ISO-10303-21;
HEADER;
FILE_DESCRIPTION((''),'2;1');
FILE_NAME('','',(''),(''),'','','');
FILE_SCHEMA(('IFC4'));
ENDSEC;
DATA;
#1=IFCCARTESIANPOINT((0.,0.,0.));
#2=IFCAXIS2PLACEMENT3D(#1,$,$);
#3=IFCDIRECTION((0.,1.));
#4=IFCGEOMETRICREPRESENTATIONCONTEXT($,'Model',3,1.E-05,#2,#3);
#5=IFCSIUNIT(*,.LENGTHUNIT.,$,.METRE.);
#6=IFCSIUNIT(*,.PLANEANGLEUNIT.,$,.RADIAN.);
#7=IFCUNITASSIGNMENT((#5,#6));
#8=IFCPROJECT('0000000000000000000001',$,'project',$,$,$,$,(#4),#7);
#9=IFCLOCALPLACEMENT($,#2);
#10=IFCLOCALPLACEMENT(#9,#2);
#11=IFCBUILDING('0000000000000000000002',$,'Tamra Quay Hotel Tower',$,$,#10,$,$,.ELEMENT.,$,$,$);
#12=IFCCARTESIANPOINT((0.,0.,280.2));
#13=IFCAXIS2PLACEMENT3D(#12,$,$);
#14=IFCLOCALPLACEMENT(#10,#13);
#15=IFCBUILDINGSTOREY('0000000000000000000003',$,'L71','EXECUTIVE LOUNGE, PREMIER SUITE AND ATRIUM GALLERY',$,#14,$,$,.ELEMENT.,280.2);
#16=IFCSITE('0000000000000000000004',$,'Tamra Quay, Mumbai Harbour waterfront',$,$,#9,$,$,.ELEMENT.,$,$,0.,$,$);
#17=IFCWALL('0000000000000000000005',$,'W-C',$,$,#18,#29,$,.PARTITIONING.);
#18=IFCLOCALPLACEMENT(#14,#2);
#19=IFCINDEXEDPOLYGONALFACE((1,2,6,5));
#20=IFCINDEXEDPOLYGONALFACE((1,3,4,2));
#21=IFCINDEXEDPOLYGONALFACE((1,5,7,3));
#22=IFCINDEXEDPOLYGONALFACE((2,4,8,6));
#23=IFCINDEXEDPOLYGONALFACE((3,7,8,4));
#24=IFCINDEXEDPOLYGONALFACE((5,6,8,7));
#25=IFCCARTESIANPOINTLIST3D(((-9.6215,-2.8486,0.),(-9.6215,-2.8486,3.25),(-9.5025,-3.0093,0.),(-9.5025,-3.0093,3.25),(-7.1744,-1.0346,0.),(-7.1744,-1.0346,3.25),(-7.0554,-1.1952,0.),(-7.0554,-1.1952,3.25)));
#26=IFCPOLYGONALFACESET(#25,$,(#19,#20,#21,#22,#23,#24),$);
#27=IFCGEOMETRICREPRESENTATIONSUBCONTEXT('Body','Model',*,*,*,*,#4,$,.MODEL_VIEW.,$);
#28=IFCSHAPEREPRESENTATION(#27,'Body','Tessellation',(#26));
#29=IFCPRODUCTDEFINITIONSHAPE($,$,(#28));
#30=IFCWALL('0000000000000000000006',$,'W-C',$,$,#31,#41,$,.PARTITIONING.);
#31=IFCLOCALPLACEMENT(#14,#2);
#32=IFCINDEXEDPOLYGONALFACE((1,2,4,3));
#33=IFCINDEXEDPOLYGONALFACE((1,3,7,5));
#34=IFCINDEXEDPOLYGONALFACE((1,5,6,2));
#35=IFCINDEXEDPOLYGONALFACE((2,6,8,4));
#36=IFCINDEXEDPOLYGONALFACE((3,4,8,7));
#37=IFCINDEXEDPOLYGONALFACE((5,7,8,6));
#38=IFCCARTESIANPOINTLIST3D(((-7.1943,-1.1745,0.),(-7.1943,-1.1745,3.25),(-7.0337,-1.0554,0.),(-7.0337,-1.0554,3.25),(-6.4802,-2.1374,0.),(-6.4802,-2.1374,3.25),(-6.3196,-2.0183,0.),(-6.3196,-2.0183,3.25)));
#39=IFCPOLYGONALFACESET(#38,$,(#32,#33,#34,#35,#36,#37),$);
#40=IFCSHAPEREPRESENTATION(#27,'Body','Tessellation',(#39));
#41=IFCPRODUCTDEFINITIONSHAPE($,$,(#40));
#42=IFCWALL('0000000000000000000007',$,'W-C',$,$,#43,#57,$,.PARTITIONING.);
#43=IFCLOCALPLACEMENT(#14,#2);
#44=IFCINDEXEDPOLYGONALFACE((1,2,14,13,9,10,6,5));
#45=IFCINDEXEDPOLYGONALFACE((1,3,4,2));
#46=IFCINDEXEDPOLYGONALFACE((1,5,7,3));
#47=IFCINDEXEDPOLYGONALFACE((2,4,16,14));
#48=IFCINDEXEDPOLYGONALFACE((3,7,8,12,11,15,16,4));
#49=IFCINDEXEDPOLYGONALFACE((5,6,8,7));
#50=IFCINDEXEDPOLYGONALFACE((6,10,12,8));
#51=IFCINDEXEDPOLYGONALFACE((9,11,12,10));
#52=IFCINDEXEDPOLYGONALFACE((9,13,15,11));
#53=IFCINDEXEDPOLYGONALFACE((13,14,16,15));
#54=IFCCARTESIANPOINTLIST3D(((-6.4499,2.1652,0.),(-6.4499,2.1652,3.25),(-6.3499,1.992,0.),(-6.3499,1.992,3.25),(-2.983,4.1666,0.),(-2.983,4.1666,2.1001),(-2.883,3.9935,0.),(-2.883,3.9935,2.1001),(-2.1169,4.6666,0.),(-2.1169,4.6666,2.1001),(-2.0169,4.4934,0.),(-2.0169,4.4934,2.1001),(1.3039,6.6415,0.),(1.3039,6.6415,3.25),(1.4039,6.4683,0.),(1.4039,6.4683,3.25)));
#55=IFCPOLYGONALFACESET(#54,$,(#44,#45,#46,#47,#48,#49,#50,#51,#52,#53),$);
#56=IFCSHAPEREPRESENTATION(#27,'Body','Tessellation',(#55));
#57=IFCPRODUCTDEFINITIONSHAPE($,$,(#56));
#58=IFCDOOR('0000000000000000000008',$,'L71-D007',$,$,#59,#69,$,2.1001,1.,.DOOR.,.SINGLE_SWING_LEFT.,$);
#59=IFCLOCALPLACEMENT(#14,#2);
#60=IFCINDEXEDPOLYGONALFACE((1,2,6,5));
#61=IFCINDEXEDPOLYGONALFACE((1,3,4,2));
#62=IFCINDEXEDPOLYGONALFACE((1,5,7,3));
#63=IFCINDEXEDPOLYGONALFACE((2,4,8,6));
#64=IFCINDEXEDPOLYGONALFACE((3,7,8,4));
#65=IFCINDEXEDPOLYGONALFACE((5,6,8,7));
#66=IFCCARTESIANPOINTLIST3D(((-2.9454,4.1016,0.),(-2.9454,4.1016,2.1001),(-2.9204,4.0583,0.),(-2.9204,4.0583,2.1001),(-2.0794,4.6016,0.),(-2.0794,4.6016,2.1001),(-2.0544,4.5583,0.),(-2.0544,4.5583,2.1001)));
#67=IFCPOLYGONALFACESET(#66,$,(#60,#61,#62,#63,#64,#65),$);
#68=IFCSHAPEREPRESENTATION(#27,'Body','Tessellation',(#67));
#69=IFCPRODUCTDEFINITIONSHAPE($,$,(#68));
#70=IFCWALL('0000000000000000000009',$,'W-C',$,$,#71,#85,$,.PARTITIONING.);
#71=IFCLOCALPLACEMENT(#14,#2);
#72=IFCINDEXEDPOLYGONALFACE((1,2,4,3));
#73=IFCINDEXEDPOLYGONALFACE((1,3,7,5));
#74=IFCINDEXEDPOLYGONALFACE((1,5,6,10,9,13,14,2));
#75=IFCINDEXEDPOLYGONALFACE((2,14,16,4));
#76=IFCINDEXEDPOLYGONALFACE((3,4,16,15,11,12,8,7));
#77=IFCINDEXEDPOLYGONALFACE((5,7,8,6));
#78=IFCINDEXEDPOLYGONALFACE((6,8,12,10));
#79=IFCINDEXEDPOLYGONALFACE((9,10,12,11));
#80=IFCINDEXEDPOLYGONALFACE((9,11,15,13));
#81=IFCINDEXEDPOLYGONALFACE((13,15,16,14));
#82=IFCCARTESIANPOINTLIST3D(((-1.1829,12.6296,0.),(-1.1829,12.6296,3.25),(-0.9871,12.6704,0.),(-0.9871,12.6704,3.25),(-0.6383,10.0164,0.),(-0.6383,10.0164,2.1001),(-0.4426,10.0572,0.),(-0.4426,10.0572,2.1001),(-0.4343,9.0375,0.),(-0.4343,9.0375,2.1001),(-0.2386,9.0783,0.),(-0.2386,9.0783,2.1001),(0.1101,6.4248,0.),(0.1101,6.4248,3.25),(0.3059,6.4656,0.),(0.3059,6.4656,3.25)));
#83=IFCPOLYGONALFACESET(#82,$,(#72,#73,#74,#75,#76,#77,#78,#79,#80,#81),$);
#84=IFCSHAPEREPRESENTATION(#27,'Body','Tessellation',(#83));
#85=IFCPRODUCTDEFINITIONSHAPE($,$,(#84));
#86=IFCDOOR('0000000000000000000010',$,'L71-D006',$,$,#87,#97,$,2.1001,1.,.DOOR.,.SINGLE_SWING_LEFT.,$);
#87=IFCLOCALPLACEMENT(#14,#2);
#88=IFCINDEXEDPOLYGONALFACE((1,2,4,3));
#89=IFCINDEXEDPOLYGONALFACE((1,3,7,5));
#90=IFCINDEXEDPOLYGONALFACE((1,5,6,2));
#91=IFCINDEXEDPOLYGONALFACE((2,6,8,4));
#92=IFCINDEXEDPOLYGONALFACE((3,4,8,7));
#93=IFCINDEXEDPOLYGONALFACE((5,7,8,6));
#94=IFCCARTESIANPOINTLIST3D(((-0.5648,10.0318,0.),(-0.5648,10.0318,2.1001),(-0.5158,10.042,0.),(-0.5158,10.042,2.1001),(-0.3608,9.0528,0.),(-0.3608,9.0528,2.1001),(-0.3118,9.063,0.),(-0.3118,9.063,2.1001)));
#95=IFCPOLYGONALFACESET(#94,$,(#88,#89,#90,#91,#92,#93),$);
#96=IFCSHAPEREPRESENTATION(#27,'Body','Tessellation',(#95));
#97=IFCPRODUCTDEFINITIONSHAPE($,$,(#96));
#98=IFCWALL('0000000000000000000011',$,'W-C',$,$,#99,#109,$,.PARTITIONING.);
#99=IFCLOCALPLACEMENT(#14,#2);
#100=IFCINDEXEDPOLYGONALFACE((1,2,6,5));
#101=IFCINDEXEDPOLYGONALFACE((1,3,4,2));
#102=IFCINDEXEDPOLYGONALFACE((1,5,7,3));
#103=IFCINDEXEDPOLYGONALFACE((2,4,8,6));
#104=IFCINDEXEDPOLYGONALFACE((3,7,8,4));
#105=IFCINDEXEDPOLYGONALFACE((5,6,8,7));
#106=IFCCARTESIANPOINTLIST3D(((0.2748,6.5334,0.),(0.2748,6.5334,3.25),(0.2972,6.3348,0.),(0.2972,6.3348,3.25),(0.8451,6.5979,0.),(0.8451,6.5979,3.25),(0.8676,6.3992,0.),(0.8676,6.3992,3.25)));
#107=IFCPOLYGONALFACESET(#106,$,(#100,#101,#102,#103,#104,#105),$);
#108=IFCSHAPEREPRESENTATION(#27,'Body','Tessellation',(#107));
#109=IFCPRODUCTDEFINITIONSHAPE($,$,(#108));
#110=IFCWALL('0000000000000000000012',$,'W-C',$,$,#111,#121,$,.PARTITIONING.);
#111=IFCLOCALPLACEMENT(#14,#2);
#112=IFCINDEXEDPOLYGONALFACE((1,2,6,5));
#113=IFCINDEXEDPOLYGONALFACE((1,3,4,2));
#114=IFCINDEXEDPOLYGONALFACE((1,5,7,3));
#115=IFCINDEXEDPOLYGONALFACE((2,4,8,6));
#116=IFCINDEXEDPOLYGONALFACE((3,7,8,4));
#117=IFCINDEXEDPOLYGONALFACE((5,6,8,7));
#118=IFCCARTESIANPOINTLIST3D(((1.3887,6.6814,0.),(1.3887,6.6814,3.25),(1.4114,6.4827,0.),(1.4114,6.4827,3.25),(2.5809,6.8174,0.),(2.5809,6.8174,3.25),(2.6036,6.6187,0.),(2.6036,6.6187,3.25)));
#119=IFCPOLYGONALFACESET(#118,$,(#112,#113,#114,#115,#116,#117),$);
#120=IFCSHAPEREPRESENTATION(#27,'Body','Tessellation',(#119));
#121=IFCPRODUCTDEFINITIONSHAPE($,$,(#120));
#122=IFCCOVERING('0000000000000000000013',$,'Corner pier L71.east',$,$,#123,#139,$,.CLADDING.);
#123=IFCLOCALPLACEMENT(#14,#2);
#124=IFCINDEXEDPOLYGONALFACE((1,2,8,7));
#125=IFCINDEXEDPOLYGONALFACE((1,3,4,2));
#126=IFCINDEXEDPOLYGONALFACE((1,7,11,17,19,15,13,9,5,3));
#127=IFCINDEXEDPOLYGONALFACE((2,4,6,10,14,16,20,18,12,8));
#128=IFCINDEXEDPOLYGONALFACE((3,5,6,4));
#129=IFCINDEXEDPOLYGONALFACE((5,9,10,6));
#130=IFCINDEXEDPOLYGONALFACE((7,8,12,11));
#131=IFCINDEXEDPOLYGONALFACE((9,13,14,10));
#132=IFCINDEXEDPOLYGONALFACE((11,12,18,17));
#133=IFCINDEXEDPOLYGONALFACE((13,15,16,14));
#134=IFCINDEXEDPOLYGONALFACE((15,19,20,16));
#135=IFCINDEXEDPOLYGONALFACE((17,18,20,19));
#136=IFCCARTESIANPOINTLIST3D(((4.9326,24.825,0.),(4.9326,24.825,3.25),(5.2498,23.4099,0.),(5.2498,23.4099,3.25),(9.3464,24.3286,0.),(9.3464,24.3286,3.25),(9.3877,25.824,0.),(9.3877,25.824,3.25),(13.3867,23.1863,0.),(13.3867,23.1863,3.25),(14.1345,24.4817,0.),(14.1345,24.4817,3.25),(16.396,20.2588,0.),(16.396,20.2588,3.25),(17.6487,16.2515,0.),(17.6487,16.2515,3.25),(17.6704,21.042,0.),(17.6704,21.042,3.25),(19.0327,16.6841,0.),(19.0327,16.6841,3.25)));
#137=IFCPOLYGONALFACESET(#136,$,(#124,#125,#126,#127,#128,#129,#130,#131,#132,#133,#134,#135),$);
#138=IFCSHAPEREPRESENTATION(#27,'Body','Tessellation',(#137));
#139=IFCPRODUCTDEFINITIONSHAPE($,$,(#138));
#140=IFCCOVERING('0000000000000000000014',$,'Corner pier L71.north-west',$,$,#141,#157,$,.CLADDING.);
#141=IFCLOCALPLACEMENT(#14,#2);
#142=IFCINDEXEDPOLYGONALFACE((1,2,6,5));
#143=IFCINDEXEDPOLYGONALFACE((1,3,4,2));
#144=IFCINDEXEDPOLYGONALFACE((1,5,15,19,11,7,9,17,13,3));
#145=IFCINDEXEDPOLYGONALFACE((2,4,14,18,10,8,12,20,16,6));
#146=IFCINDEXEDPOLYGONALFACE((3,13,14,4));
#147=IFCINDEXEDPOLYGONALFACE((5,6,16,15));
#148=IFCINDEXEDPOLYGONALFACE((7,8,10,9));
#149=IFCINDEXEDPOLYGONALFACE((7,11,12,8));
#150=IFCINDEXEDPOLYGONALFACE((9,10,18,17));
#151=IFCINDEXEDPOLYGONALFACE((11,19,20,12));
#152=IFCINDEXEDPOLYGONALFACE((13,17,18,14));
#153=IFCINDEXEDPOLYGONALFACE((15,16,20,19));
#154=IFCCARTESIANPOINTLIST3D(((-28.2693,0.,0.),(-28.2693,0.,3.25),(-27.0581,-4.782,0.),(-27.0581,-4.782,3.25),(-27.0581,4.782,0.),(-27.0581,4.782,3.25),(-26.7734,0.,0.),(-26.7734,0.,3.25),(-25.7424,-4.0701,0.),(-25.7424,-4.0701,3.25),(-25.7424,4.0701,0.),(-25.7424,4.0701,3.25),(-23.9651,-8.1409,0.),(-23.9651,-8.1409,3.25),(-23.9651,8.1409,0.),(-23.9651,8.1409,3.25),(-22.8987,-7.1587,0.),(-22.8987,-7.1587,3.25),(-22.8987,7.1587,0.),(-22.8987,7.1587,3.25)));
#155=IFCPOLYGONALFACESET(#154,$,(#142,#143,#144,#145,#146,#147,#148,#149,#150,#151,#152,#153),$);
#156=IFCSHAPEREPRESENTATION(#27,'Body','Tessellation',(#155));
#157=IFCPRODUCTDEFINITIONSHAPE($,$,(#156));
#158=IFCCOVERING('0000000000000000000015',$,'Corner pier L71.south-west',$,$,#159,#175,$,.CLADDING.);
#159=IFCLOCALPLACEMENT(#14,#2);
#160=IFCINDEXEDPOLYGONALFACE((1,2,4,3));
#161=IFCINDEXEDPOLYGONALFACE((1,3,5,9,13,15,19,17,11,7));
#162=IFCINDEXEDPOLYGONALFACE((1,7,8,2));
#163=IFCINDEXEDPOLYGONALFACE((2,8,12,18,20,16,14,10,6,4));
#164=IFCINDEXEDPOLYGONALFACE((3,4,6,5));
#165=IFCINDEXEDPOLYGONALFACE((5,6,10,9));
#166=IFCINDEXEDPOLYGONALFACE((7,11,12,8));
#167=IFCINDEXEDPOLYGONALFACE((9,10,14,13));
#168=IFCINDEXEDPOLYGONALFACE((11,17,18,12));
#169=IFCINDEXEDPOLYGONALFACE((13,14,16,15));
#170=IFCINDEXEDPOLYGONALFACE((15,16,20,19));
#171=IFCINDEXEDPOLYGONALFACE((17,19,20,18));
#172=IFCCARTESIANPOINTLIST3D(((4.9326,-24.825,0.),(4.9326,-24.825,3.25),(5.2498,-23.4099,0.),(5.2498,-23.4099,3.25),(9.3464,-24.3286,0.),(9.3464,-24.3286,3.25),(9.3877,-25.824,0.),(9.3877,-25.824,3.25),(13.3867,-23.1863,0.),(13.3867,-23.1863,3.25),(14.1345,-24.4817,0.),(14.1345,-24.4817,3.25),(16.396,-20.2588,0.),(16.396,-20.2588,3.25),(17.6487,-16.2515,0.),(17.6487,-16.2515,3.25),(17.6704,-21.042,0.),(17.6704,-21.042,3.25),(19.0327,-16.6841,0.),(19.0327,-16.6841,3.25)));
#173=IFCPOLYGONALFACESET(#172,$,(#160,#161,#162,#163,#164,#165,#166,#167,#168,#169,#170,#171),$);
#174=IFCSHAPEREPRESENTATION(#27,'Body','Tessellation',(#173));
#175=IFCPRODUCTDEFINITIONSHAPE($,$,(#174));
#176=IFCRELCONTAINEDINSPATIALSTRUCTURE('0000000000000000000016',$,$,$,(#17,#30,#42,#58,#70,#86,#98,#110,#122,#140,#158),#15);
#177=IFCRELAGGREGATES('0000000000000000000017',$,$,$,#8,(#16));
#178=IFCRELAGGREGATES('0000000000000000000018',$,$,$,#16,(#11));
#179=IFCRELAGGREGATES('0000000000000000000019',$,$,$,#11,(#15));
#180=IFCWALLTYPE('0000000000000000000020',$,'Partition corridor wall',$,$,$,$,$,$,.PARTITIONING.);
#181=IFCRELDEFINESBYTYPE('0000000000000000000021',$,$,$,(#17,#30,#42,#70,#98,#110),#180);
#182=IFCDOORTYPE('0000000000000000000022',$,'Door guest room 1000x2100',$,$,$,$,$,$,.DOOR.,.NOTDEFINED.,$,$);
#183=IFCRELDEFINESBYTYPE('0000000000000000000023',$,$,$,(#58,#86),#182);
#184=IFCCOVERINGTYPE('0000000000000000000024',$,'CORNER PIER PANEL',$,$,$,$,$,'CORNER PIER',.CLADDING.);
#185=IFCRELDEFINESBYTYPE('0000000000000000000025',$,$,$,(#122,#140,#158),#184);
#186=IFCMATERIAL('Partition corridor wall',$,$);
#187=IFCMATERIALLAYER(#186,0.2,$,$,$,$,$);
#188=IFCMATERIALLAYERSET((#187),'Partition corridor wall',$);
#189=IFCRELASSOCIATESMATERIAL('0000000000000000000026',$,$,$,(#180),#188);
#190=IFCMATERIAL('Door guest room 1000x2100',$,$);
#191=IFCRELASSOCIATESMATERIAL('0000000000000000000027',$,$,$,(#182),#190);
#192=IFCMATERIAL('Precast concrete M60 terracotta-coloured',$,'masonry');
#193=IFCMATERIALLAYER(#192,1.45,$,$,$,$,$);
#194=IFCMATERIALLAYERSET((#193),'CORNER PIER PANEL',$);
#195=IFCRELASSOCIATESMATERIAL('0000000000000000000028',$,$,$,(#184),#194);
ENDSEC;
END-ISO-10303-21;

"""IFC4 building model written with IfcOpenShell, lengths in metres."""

from ifc_helpers import new_model, si_unit, direction, frame, frame_2d, origin, place, context, subcontext, project, spatial, polyline, rectangle, outline, extrude, material, layer, layer_set, type_object, element, fill, save


model = new_model("IFC4")

# Units and contexts
model_context = context("Model", 3, precision=1e-05, world=origin(), true_north=direction((0.0, 1.0)))
body_context = subcontext(model_context, "Body", "Model", "MODEL_VIEW")
ifc_project = project(units=[si_unit("LENGTHUNIT", "METRE"), si_unit("PLANEANGLEUNIT", "RADIAN")], contexts=[model_context])

# Site, building, storey
site_placement = place(None, origin())
site = spatial("IfcSite", under=ifc_project, at=site_placement, Name="Tamra Quay, Mumbai Harbour waterfront", CompositionType="ELEMENT", RefElevation=0.0)
building_placement = place(site_placement, origin())
building = spatial("IfcBuilding", under=site, at=building_placement, Name="Tamra Quay Hotel Tower", CompositionType="ELEMENT")
storey_placement = place(building_placement, frame((0.0, 0.0, 280.2)))
storey = spatial("IfcBuildingStorey", under=building, at=storey_placement, Name="L71", Description="EXECUTIVE LOUNGE, PREMIER SUITE AND ATRIUM GALLERY", CompositionType="ELEMENT", Elevation=280.2)

# Walls
ifc_material_1 = material(Name="Partition corridor wall")
ifc_layer_1 = layer(ifc_material_1, 0.2)
ifc_layer_set_1 = layer_set([ifc_layer_1], Name="Partition corridor wall")
wall_type_1 = type_object("IfcWallType", Name="Partition corridor wall", PredefinedType="PARTITIONING", material=ifc_layer_set_1)
wall_1_placement = place(storey_placement, frame((-7.115, -1.115, 0.0), z_axis=(0.0, 0.0, 1.0), x_axis=(-0.803344, -0.595515, 0.0)))
element("IfcWall", 1, at=wall_1_placement, inside=storey, type_object=wall_type_1, Name="W-C", PredefinedType="PARTITIONING", context=body_context, shape_type="SweptSolid", body=[
    extrude(rectangle(XDim=3.0461, YDim=0.2, at=frame_2d((1.5229, 0.0))), origin(), (0.0, 0.0, 1.0), 3.25),
])
wall_2_placement = place(storey_placement, frame((-7.114, -1.115, 0.0), z_axis=(0.0, 0.0, 1.0), x_axis=(0.59569, -0.803214, 0.0)))
element("IfcWall", 2, at=wall_2_placement, inside=storey, type_object=wall_type_1, Name="W-C", PredefinedType="PARTITIONING", context=body_context, shape_type="SweptSolid", body=[
    extrude(rectangle(XDim=1.1987, YDim=0.2, at=frame_2d((0.5994, 0.0))), origin(), (0.0, 0.0, 1.0), 3.25),
])

# Walls, openings, doors
wall_3_placement = place(storey_placement, frame((-6.3999, 2.0786, 0.0), z_axis=(0.0, 0.0, 1.0), x_axis=(0.866045, 0.499966, 0.0)))
wall_3 = element("IfcWall", 3, at=wall_3_placement, inside=storey, type_object=wall_type_1, Name="W-C", PredefinedType="PARTITIONING", context=body_context, shape_type="SweptSolid", body=[
    extrude(rectangle(XDim=8.9531, YDim=0.2, at=frame_2d((4.4766, 0.0))), origin(), (0.0, 0.0, 1.0), 3.25),
])
opening_1_placement = place(wall_3_placement, frame((4.0032, 0.0, 0.0)))
opening_1 = element("IfcOpeningElement", 4, at=opening_1_placement, cuts=wall_3, PredefinedType="OPENING", context=body_context, shape_type="SweptSolid", body=[
    extrude(rectangle(XDim=1.0, YDim=2.1001, at=frame_2d((0.5, 1.05))), frame((0.0, 0.1099, 0.0), z_axis=(0.0, -1.0, 0.0), x_axis=(1.0, 0.0, 0.0)), (0.0, 0.0, 1.0), 0.22),
])
ifc_material_2 = material(Name="Door guest room 1000x2100")
door_type_1 = type_object("IfcDoorType", Name="Door guest room 1000x2100", OperationType="NOTDEFINED", PredefinedType="DOOR", material=ifc_material_2)
door_1_placement = place(opening_1_placement, origin())
door_1 = element("IfcDoor", 5, at=door_1_placement, inside=storey, type_object=door_type_1, Name="L71-D007", OperationType="SINGLE_SWING_LEFT", OverallHeight=2.1001, OverallWidth=1.0, PredefinedType="DOOR", context=body_context, shape_type="SweptSolid", body=[
    extrude(rectangle(XDim=1.0, YDim=2.1001, at=frame_2d((0.5, 1.05))), frame((0.0, 0.0249, 0.0), z_axis=(0.0, -1.0, 0.0), x_axis=(1.0, 0.0, 0.0)), (0.0, 0.0, 1.0), 0.05),
])
fill(opening_1, door_1)
wall_4_placement = place(storey_placement, frame((-1.085, 12.6499, 0.0), z_axis=(0.0, 0.0, 1.0), x_axis=(0.203999, -0.978971, 0.0)))
wall_4 = element("IfcWall", 6, at=wall_4_placement, inside=storey, type_object=wall_type_1, Name="W-C", PredefinedType="PARTITIONING", context=body_context, shape_type="SweptSolid", body=[
    extrude(rectangle(XDim=6.3381, YDim=0.2, at=frame_2d((3.1689, 0.0))), origin(), (0.0, 0.0, 1.0), 3.25),
])
opening_2_placement = place(wall_4_placement, frame((2.6692, 0.0, 0.0)))
opening_2 = element("IfcOpeningElement", 7, at=opening_2_placement, cuts=wall_4, PredefinedType="OPENING", context=body_context, shape_type="SweptSolid", body=[
    extrude(rectangle(XDim=1.0, YDim=2.1001, at=frame_2d((0.5, 1.05))), frame((0.0, 0.1099, 0.0), z_axis=(0.0, -1.0, 0.0), x_axis=(1.0, 0.0, 0.0)), (0.0, 0.0, 1.0), 0.22),
])
door_2_placement = place(opening_2_placement, frame((1.0, 0.0, 0.0), z_axis=(0.0, 0.0, 1.0), x_axis=(-1.0, 0.0, 0.0)))
door_2 = element("IfcDoor", 8, at=door_2_placement, inside=storey, type_object=door_type_1, Name="L71-D006", OperationType="SINGLE_SWING_LEFT", OverallHeight=2.1001, OverallWidth=1.0, PredefinedType="DOOR", context=body_context, shape_type="SweptSolid", body=[
    extrude(rectangle(XDim=1.0, YDim=2.1001, at=frame_2d((0.5, 1.05))), frame((0.0, 0.0249, 0.0), z_axis=(0.0, -1.0, 0.0), x_axis=(1.0, 0.0, 0.0)), (0.0, 0.0, 1.0), 0.05),
])
fill(opening_2, door_2)

# Walls
wall_5_placement = place(storey_placement, frame((0.2859, 6.4341, 0.0), z_axis=(0.0, 0.0, 1.0), x_axis=(0.993674, 0.112299, 0.0)))
element("IfcWall", 9, at=wall_5_placement, inside=storey, type_object=wall_type_1, Name="W-C", PredefinedType="PARTITIONING", context=body_context, shape_type="SweptSolid", body=[
    extrude(rectangle(XDim=0.574, YDim=0.2, at=frame_2d((0.2871, 0.0))), origin(), (0.0, 0.0, 1.0), 3.25),
])
wall_6_placement = place(storey_placement, frame((1.3999, 6.582, 0.0), z_axis=(0.0, 0.0, 1.0), x_axis=(0.993557, 0.113334, 0.0)))
element("IfcWall", 10, at=wall_6_placement, inside=storey, type_object=wall_type_1, Name="W-C", PredefinedType="PARTITIONING", context=body_context, shape_type="SweptSolid", body=[
    extrude(rectangle(XDim=1.2, YDim=0.2, at=frame_2d((0.6001, 0.0))), origin(), (0.0, 0.0, 1.0), 3.25),
])

# Coverings
ifc_material_3 = material(Name="Precast concrete M60 terracotta-coloured", Category="masonry")
ifc_layer_2 = layer(ifc_material_3, 1.45)
ifc_layer_set_2 = layer_set([ifc_layer_2], Name="CORNER PIER PANEL")
covering_type = type_object("IfcCoveringType", Name="CORNER PIER PANEL", ElementType="CORNER PIER", PredefinedType="CLADDING", material=ifc_layer_set_2)
covering_1_placement = place(storey_placement, origin())
element("IfcCovering", 11, at=covering_1_placement, inside=storey, type_object=covering_type, Name="Corner pier L71.east", PredefinedType="CLADDING", context=body_context, shape_type="SweptSolid", body=[
    extrude(outline(polyline([(17.6487, 16.2515), (19.0327, 16.6841), (17.6704, 21.042), (14.1345, 24.4817), (9.3877, 25.824), (4.9326, 24.825), (5.2498, 23.4099), (9.3464, 24.3286), (13.3867, 23.1863), (16.396, 20.2588), (17.6487, 16.2515)])), origin(), (0.0, 0.0, 1.0), 3.25),
])
covering_2_placement = place(storey_placement, origin())
element("IfcCovering", 12, at=covering_2_placement, inside=storey, type_object=covering_type, Name="Corner pier L71.north-west", PredefinedType="CLADDING", context=body_context, shape_type="SweptSolid", body=[
    extrude(outline(polyline([(-22.8987, 7.1587), (-23.9651, 8.1409), (-27.0581, 4.782), (-28.2693, 0.0), (-27.0581, -4.782), (-23.9651, -8.1409), (-22.8987, -7.1587), (-25.7424, -4.0701), (-26.7734, 0.0), (-25.7424, 4.0701), (-22.8987, 7.1587)])), origin(), (0.0, 0.0, 1.0), 3.25),
])
covering_3_placement = place(storey_placement, origin())
element("IfcCovering", 13, at=covering_3_placement, inside=storey, type_object=covering_type, Name="Corner pier L71.south-west", PredefinedType="CLADDING", context=body_context, shape_type="SweptSolid", body=[
    extrude(outline(polyline([(5.2498, -23.4099), (4.9326, -24.825), (9.3877, -25.824), (14.1345, -24.4817), (17.6704, -21.042), (19.0327, -16.6841), (17.6487, -16.2515), (16.396, -20.2588), (13.3867, -23.1863), (9.3464, -24.3286), (5.2498, -23.4099)])), origin(), (0.0, 0.0, 1.0), 3.25),
])

save(model, "model.ifc")
